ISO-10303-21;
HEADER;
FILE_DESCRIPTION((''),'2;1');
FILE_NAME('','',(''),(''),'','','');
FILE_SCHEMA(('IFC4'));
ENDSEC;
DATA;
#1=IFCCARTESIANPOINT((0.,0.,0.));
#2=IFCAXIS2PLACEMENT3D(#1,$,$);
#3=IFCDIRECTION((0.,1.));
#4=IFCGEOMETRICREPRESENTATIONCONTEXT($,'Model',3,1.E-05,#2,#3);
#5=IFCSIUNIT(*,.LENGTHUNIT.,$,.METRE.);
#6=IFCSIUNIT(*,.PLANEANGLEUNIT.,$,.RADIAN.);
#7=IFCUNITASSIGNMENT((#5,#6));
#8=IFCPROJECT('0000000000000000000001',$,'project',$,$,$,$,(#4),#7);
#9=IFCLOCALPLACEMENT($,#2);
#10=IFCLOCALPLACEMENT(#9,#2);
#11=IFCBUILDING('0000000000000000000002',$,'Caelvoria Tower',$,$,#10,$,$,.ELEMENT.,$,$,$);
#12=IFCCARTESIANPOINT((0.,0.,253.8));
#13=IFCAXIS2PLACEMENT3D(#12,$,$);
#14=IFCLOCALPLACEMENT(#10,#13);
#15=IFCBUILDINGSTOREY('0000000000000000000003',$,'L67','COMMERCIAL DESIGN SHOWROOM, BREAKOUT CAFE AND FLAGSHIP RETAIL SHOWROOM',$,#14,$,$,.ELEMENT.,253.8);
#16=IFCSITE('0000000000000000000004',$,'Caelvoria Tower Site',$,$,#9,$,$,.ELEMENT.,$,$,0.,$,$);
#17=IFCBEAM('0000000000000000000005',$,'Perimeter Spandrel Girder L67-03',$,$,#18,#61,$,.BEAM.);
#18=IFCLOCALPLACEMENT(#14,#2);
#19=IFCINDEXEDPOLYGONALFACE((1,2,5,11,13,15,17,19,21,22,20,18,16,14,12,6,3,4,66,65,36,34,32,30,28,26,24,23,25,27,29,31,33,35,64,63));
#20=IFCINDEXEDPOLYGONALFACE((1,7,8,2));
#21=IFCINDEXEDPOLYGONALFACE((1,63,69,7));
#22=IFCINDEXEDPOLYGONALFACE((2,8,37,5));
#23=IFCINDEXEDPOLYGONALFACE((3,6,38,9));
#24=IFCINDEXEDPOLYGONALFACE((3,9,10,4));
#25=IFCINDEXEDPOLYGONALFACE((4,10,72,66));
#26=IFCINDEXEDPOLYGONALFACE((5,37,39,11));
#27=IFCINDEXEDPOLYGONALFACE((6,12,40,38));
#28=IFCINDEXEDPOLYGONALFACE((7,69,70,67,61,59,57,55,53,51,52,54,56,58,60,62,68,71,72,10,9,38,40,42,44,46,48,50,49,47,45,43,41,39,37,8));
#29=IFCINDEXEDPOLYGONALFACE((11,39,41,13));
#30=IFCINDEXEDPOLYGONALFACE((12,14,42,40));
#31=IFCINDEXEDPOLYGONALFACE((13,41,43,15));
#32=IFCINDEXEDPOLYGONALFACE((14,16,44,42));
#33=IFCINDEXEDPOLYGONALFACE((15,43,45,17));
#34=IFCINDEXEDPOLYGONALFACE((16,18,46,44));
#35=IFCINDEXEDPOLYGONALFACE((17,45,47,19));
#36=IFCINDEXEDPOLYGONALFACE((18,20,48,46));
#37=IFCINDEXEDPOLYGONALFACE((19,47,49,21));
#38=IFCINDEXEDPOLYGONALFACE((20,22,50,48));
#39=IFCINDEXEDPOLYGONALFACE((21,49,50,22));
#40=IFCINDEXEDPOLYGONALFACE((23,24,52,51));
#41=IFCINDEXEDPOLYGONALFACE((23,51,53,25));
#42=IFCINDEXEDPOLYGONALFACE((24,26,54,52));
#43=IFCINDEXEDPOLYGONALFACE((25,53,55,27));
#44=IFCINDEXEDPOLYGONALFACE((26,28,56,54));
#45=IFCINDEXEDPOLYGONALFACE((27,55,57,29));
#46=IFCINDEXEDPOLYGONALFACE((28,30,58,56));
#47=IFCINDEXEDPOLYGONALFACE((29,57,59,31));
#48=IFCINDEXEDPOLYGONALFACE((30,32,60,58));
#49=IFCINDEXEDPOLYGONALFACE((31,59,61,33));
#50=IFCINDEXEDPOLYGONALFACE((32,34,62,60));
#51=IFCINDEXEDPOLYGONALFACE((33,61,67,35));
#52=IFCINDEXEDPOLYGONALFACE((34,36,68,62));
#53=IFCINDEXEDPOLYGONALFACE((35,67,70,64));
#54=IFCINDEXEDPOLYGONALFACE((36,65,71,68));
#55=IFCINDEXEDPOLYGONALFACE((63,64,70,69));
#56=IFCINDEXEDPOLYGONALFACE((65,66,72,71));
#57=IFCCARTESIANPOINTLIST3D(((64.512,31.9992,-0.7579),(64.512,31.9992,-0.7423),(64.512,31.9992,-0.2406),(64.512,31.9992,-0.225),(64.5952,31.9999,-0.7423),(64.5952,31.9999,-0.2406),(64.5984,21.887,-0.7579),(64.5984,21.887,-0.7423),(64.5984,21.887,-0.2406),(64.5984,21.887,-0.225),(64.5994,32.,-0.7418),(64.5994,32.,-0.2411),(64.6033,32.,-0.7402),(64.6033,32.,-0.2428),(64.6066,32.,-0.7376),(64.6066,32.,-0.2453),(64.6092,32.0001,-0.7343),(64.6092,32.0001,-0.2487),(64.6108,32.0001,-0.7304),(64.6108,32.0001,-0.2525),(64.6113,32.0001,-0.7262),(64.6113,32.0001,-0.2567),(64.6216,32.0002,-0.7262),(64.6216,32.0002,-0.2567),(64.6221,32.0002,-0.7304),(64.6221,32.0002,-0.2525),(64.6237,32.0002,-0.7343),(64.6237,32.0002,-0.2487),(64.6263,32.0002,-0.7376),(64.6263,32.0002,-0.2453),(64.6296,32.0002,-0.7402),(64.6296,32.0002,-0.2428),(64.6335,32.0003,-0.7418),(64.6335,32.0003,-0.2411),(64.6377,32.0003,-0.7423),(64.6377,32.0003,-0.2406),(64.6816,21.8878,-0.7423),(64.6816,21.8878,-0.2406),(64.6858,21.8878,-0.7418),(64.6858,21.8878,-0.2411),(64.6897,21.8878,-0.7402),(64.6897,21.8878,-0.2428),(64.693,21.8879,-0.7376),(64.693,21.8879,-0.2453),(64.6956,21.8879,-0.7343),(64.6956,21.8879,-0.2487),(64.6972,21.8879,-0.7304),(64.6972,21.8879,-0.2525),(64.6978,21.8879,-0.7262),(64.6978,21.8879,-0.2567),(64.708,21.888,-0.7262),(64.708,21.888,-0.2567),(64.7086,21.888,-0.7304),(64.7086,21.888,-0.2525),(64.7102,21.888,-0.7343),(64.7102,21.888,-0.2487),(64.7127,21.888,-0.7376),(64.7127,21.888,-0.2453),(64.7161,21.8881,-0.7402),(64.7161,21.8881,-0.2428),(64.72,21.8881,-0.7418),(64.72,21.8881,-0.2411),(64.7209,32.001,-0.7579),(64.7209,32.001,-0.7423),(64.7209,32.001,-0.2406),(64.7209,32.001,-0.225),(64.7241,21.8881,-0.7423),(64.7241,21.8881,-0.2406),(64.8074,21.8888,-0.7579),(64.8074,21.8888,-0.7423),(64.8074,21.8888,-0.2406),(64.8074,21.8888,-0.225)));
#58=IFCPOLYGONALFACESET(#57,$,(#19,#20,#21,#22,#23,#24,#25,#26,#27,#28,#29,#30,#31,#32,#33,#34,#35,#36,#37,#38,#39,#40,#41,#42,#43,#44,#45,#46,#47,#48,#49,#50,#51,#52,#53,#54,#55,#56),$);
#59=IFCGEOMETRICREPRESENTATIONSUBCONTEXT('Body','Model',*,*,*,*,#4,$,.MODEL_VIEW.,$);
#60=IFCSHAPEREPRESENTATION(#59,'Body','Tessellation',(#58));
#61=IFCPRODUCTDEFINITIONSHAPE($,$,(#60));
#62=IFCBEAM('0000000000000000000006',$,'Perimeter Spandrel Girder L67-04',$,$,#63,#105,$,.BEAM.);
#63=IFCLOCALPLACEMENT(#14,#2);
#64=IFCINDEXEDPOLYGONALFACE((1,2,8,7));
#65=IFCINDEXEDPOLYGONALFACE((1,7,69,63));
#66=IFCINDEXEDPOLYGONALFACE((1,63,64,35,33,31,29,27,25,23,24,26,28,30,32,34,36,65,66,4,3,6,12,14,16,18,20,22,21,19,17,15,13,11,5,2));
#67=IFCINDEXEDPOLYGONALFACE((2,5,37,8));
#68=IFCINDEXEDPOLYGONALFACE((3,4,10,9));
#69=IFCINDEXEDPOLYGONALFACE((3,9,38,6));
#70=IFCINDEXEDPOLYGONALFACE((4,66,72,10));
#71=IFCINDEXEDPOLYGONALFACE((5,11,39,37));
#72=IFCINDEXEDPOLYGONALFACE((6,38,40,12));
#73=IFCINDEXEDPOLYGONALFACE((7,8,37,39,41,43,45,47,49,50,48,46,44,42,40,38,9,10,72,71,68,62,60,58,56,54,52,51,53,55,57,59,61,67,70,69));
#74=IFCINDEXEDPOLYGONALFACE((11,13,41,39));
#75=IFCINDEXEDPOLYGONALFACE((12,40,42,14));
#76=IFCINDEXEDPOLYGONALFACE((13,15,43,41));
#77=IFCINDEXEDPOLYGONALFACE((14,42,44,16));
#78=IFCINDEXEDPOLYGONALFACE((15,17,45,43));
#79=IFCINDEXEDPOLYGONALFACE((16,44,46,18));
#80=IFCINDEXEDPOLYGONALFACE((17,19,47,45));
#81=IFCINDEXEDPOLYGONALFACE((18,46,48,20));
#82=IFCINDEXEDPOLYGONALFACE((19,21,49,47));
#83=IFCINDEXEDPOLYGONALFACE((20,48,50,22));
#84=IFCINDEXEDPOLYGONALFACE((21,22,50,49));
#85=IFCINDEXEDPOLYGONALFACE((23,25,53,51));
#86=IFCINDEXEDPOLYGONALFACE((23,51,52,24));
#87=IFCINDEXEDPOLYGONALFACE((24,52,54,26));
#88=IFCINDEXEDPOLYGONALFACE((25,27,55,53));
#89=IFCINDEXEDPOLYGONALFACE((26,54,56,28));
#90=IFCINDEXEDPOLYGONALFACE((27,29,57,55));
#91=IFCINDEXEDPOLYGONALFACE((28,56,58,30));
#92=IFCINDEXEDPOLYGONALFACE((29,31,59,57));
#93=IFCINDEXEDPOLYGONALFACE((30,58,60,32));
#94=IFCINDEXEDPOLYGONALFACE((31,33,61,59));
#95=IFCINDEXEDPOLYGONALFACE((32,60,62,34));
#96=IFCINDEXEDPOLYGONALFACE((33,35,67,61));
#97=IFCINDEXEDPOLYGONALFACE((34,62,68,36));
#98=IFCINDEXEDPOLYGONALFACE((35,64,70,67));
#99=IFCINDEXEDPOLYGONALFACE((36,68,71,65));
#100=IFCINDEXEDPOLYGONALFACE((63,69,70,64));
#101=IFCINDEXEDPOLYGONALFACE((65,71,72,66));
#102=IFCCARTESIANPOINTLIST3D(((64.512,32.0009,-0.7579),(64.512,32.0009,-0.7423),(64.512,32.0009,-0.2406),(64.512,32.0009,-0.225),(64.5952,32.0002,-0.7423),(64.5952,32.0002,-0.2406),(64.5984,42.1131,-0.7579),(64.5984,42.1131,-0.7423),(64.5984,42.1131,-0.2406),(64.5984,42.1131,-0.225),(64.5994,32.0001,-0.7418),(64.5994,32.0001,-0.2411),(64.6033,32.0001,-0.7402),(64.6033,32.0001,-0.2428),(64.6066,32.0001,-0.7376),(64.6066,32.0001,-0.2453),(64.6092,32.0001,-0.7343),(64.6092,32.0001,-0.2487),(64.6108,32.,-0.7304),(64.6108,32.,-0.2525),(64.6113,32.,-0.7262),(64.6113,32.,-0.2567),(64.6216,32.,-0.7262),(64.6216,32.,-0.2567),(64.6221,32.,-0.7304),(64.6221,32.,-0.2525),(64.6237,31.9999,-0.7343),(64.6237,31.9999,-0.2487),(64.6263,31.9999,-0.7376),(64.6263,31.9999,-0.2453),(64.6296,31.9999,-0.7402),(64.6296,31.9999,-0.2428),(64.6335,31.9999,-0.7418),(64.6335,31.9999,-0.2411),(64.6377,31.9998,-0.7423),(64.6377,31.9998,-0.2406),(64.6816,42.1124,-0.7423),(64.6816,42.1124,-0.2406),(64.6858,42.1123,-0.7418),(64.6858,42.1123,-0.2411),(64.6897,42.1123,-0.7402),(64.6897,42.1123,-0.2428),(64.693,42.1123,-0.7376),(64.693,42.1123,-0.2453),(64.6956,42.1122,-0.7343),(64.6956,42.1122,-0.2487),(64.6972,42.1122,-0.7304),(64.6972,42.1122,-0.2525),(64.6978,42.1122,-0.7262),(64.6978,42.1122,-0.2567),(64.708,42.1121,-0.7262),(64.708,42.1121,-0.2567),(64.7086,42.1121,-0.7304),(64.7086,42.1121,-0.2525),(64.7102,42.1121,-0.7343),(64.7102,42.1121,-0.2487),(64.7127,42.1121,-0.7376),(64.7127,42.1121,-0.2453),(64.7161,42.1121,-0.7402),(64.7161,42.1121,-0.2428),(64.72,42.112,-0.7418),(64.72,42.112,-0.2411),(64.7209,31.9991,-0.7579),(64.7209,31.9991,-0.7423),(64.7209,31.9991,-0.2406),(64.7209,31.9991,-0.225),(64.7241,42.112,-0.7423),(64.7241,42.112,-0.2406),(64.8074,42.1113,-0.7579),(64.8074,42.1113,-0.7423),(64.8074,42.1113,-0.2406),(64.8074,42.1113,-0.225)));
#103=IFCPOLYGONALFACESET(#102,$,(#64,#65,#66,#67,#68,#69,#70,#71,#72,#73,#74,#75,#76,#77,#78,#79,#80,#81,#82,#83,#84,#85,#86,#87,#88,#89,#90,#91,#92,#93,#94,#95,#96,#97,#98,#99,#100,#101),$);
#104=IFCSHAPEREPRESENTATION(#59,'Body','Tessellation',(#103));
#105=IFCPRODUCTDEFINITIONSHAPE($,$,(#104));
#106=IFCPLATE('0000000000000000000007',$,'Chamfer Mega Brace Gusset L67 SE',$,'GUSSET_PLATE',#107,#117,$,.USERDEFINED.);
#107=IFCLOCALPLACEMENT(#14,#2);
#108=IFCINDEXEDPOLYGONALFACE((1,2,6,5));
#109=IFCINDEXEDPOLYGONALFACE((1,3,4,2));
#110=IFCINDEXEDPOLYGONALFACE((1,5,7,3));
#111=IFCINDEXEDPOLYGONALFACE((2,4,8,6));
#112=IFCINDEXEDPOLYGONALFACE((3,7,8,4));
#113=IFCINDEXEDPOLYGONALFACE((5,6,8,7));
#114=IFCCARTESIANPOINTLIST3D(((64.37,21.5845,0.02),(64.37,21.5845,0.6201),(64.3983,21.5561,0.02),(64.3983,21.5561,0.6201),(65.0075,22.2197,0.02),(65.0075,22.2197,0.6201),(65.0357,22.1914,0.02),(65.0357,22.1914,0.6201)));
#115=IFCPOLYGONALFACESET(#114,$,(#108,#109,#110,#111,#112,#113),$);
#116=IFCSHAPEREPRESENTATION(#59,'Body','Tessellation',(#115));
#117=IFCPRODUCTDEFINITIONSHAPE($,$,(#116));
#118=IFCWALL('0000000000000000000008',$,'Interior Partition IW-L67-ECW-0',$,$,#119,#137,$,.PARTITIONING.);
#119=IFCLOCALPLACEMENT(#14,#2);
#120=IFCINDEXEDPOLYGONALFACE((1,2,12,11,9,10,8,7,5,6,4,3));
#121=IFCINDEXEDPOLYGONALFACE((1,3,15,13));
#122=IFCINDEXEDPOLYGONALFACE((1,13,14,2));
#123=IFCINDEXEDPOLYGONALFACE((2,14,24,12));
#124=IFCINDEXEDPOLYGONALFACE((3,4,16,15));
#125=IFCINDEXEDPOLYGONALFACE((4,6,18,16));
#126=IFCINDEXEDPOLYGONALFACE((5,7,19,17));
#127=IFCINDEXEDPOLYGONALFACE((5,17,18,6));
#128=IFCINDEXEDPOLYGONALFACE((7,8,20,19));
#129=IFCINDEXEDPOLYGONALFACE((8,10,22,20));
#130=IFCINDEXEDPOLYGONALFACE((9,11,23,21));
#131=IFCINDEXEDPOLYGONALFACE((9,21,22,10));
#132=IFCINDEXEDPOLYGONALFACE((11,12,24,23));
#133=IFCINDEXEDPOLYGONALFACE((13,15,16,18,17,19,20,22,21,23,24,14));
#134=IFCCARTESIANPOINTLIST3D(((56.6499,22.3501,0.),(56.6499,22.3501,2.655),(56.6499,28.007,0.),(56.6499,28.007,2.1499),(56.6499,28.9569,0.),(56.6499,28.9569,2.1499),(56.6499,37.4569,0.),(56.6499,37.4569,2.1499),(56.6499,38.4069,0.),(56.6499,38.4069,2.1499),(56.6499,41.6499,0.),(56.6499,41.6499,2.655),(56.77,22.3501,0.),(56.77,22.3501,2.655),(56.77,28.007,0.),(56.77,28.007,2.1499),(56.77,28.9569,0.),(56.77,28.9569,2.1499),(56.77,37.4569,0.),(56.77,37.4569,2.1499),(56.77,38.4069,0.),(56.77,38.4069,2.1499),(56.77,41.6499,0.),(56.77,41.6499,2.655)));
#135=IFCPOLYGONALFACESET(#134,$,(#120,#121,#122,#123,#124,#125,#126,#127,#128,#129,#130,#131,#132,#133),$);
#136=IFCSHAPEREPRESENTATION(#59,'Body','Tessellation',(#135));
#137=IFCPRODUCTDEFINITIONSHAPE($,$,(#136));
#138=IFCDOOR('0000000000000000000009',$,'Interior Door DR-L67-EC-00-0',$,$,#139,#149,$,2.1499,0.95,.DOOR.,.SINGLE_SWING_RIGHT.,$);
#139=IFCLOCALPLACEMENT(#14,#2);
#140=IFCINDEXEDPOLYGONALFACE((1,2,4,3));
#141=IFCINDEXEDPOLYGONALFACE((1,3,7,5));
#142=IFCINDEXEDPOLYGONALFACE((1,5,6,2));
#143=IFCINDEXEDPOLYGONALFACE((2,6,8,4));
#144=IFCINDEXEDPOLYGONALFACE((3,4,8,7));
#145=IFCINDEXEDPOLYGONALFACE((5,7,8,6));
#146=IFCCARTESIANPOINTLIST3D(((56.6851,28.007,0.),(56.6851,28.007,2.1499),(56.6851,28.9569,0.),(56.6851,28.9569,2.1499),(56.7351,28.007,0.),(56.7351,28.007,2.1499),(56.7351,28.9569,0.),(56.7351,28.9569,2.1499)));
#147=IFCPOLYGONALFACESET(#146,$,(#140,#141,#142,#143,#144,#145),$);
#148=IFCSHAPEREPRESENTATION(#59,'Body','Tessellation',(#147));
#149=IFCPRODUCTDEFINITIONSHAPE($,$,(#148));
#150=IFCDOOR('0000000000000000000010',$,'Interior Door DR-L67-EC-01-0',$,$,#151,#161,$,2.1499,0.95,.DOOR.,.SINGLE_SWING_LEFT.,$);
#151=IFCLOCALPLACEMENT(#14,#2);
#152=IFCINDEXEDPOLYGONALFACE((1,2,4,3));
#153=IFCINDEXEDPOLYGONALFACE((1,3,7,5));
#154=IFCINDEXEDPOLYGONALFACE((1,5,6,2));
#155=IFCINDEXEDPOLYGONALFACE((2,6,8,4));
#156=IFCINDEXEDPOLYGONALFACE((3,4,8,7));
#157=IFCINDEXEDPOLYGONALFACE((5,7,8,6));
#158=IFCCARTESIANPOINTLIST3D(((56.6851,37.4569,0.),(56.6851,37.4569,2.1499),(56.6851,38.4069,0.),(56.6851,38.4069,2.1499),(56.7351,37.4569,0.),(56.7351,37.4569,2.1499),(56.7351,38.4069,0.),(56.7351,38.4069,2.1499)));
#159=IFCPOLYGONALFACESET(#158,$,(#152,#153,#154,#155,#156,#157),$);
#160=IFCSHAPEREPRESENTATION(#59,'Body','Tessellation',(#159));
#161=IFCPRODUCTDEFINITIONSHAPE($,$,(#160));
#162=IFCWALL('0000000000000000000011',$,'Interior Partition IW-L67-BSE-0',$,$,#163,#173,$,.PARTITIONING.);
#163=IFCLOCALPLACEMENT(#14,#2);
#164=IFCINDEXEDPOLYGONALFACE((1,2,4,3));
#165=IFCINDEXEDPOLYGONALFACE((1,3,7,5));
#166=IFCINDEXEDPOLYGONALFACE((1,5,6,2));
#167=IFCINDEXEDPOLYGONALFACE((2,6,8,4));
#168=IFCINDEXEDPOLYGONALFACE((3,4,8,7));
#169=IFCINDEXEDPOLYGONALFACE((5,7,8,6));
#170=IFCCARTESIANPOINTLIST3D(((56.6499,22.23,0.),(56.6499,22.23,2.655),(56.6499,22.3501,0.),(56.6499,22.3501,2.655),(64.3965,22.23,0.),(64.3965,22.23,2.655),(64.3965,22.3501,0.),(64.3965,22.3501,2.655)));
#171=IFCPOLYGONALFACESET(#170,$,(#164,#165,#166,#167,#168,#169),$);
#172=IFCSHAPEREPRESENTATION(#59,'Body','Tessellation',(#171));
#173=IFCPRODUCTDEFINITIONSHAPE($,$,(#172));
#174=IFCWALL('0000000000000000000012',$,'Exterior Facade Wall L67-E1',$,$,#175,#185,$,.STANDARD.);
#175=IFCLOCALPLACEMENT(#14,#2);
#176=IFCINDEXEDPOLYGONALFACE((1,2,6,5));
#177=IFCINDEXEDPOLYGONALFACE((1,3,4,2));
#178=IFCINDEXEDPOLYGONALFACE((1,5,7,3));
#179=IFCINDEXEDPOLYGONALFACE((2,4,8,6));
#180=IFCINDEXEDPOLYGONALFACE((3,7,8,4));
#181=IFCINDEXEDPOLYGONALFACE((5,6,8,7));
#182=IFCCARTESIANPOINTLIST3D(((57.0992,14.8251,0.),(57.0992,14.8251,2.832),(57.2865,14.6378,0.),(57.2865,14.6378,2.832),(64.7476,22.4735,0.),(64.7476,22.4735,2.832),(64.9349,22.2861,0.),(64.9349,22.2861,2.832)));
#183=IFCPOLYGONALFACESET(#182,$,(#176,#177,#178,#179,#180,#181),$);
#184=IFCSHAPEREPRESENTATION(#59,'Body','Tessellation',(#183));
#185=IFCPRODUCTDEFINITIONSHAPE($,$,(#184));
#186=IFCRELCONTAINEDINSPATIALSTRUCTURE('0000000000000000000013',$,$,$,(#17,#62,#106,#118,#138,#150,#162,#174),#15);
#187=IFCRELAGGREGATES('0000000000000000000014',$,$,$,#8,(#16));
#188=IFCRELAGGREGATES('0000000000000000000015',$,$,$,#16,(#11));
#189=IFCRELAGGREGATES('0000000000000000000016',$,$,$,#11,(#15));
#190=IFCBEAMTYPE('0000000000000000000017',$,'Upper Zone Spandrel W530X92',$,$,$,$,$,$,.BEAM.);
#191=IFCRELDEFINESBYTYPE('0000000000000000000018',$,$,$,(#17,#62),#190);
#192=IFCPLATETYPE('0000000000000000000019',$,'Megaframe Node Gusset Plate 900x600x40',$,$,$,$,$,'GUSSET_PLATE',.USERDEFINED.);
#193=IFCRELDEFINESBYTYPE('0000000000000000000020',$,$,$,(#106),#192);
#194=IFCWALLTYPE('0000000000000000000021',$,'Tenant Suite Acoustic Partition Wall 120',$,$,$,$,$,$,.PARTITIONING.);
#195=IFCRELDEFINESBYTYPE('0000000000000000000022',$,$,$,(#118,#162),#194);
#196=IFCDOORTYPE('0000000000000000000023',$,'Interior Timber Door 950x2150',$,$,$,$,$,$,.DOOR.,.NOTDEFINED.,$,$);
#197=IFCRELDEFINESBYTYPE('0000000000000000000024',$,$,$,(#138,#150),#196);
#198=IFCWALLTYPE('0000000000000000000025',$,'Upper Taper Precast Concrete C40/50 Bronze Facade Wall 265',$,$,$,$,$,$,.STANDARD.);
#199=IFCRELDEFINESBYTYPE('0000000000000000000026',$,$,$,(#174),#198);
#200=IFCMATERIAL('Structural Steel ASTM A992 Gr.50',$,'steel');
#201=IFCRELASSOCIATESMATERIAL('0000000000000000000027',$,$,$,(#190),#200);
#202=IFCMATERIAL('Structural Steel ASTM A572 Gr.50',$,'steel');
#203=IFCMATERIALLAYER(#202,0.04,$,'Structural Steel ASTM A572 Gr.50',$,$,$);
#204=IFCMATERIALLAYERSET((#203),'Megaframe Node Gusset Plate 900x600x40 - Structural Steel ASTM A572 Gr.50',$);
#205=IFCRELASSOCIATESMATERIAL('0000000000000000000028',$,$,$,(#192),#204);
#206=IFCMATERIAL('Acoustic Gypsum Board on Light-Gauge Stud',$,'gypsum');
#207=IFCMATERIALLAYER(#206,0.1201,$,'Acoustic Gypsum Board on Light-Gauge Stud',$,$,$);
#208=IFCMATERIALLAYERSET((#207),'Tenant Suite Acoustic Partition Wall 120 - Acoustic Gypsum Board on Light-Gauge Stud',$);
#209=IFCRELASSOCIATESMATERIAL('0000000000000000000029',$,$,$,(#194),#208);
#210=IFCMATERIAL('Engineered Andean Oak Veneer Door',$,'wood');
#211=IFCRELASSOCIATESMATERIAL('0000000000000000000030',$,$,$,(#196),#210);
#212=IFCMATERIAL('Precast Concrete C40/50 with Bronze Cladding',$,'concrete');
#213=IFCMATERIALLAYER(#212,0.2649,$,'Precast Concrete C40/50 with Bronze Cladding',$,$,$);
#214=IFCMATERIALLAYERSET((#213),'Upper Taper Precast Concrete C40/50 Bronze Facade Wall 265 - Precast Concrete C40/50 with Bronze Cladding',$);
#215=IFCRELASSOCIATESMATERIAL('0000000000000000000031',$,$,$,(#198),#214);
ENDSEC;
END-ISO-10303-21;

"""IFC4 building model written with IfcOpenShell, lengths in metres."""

from ifc_helpers import new_model, si_unit, direction, frame, frame_2d, origin, origin_2d, place, context, subcontext, project, spatial, rectangle, i_section, extrude, material, layer, layer_set, material_profile, profile_set, type_object, element, fill, save


model = new_model("IFC4")

# Units and contexts
model_context = context("Model", 3, precision=1e-05, world=origin(), true_north=direction((0.0, 1.0)))
body_context = subcontext(model_context, "Body", "Model", "MODEL_VIEW")
ifc_project = project(units=[si_unit("LENGTHUNIT", "METRE"), si_unit("PLANEANGLEUNIT", "RADIAN")], contexts=[model_context])

# Site, building, storey
site_placement = place(None, origin())
site = spatial("IfcSite", under=ifc_project, at=site_placement, Name="Caelvoria Tower Site", CompositionType="ELEMENT", RefElevation=0.0)
building_placement = place(site_placement, origin())
building = spatial("IfcBuilding", under=site, at=building_placement, Name="Caelvoria Tower", CompositionType="ELEMENT")
storey_placement = place(building_placement, frame((0.0, 0.0, 253.8)))
storey = spatial("IfcBuildingStorey", under=building, at=storey_placement, Name="L67", Description="COMMERCIAL DESIGN SHOWROOM, BREAKOUT CAFE AND FLAGSHIP RETAIL SHOWROOM", CompositionType="ELEMENT", Elevation=253.8)

# Shared definitions
ifc_material_1 = material(Name="Structural Steel ASTM A572 Gr.50", Category="steel")
ifc_material_2 = material(Name="Structural Steel ASTM A992 Gr.50", Category="steel")

# Beams
ifc_material_profile_1 = material_profile(ifc_material_2, i_section(OverallWidth=0.209, OverallDepth=0.533, WebThickness=0.0103, FlangeThickness=0.0156, FilletRadius=0.0161, at=origin_2d()), Name="Structural Steel ASTM A992 Gr.50")
ifc_profile_set_1 = profile_set([ifc_material_profile_1], Name="W530X92 - Structural Steel ASTM A992 Gr.50")
beam_type_1 = type_object("IfcBeamType", Name="Upper Zone Spandrel W530X92", PredefinedType="BEAM", material=ifc_profile_set_1)
for number, where, z_axis, x_axis, name in (
    (1, (64.7029, 21.8879, -0.4915), (-0.008546, 0.999963, 0.0), (-0.999963, -0.008546, 0.0), "Perimeter Spandrel Girder L67-03"),
    (2, (64.6165, 32.0, -0.4915), (0.008546, 0.999963, 0.0), (-0.999963, 0.008546, 0.0), "Perimeter Spandrel Girder L67-04"),
):
    element("IfcBeam", number, at=place(storey_placement, frame(where, z_axis=z_axis, x_axis=x_axis)), inside=storey, type_object=beam_type_1, Name=name, PredefinedType="BEAM", context=body_context, shape_type="SweptSolid", body=[
        extrude(i_section(OverallWidth=0.209, OverallDepth=0.533, WebThickness=0.0103, FlangeThickness=0.0156, FilletRadius=0.0161, at=origin_2d()), origin(), (0.0, 0.0, 1.0), 10.1125),
    ])

# Plate
ifc_layer_1 = layer(ifc_material_1, 0.04, Name="Structural Steel ASTM A572 Gr.50")
ifc_layer_set_1 = layer_set([ifc_layer_1], Name="Megaframe Node Gusset Plate 900x600x40 - Structural Steel ASTM A572 Gr.50")
plate_type = type_object("IfcPlateType", Name="Megaframe Node Gusset Plate 900x600x40", ElementType="GUSSET_PLATE", PredefinedType="USERDEFINED", material=ifc_layer_set_1)
plate_placement = place(storey_placement, frame((64.7029, 21.8879, 0.02), z_axis=(0.0, 0.0, 1.0), x_axis=(-0.708312, -0.7059, 0.0)))
element("IfcPlate", 3, at=plate_placement, inside=storey, type_object=plate_type, Name="Chamfer Mega Brace Gusset L67 SE", ObjectType="GUSSET_PLATE", PredefinedType="USERDEFINED", context=body_context, shape_type="SweptSolid", body=[
    extrude(rectangle(XDim=0.8999, YDim=0.04, at=origin_2d()), origin(), (0.0, 0.0, 1.0), 0.6001),
])

# Wall, openings, doors
ifc_material_3 = material(Name="Acoustic Gypsum Board on Light-Gauge Stud", Category="gypsum")
ifc_layer_2 = layer(ifc_material_3, 0.1201, Name="Acoustic Gypsum Board on Light-Gauge Stud")
ifc_layer_set_2 = layer_set([ifc_layer_2], Name="Tenant Suite Acoustic Partition Wall 120 - Acoustic Gypsum Board on Light-Gauge Stud")
wall_type_1 = type_object("IfcWallType", Name="Tenant Suite Acoustic Partition Wall 120", PredefinedType="PARTITIONING", material=ifc_layer_set_2)
wall_1_placement = place(storey_placement, frame((56.71, 22.3501, 0.0), z_axis=(0.0, 0.0, 1.0), x_axis=(0.0, 1.0, 0.0)))
wall_1 = element("IfcWall", 4, at=wall_1_placement, inside=storey, type_object=wall_type_1, Name="Interior Partition IW-L67-ECW-0", PredefinedType="PARTITIONING", context=body_context, shape_type="SweptSolid", body=[
    extrude(rectangle(XDim=19.2998, YDim=0.1201, at=frame_2d((9.6499, 0.0))), origin(), (0.0, 0.0, 1.0), 2.655),
])
opening_1_placement = place(wall_1_placement, frame((5.6567, 0.0, 0.0)))
opening_1 = element("IfcOpeningElement", 5, at=opening_1_placement, cuts=wall_1, PredefinedType="OPENING", context=body_context, shape_type="SweptSolid", body=[
    extrude(rectangle(XDim=0.95, YDim=2.1499, at=frame_2d((0.4751, 1.075))), frame((0.0, 0.0701, 0.0), z_axis=(0.0, -1.0, 0.0), x_axis=(1.0, 0.0, 0.0)), (0.0, 0.0, 1.0), 0.1401),
])
opening_2_placement = place(wall_1_placement, frame((15.1067, 0.0, 0.0)))
opening_2 = element("IfcOpeningElement", 6, at=opening_2_placement, cuts=wall_1, PredefinedType="OPENING", context=body_context, shape_type="SweptSolid", body=[
    extrude(rectangle(XDim=0.95, YDim=2.1499, at=frame_2d((0.4751, 1.075))), frame((0.0, 0.0701, 0.0), z_axis=(0.0, -1.0, 0.0), x_axis=(1.0, 0.0, 0.0)), (0.0, 0.0, 1.0), 0.1401),
])
ifc_material_4 = material(Name="Engineered Andean Oak Veneer Door", Category="wood")
door_type = type_object("IfcDoorType", Name="Interior Timber Door 950x2150", OperationType="NOTDEFINED", PredefinedType="DOOR", material=ifc_material_4)
door_1_placement = place(opening_1_placement, origin())
door_1 = element("IfcDoor", 7, at=door_1_placement, inside=storey, type_object=door_type, Name="Interior Door DR-L67-EC-00-0", OperationType="SINGLE_SWING_RIGHT", OverallHeight=2.1499, OverallWidth=0.95, PredefinedType="DOOR", context=body_context, shape_type="SweptSolid", body=[
    extrude(rectangle(XDim=0.95, YDim=2.1499, at=frame_2d((0.4751, 1.075))), frame((0.0, 0.0249, 0.0), z_axis=(0.0, -1.0, 0.0), x_axis=(1.0, 0.0, 0.0)), (0.0, 0.0, 1.0), 0.05),
])
fill(opening_1, door_1)
door_2_placement = place(opening_2_placement, origin())
door_2 = element("IfcDoor", 8, at=door_2_placement, inside=storey, type_object=door_type, Name="Interior Door DR-L67-EC-01-0", OperationType="SINGLE_SWING_LEFT", OverallHeight=2.1499, OverallWidth=0.95, PredefinedType="DOOR", context=body_context, shape_type="SweptSolid", body=[
    extrude(rectangle(XDim=0.95, YDim=2.1499, at=frame_2d((0.4751, 1.075))), frame((0.0, 0.0249, 0.0), z_axis=(0.0, -1.0, 0.0), x_axis=(1.0, 0.0, 0.0)), (0.0, 0.0, 1.0), 0.05),
])
fill(opening_2, door_2)

# Walls
wall_2_placement = place(storey_placement, frame((56.6499, 22.29, 0.0), z_axis=(0.0, 0.0, 1.0), x_axis=(1.0, 0.0, 0.0)))
element("IfcWall", 9, at=wall_2_placement, inside=storey, type_object=wall_type_1, Name="Interior Partition IW-L67-BSE-0", PredefinedType="PARTITIONING", context=body_context, shape_type="SweptSolid", body=[
    extrude(rectangle(XDim=7.7466, YDim=0.1201, at=frame_2d((3.8733, 0.0))), origin(), (0.0, 0.0, 1.0), 2.655),
])
ifc_material_5 = material(Name="Precast Concrete C40/50 with Bronze Cladding", Category="concrete")
ifc_layer_3 = layer(ifc_material_5, 0.2649, Name="Precast Concrete C40/50 with Bronze Cladding")
ifc_layer_set_3 = layer_set([ifc_layer_3], Name="Upper Taper Precast Concrete C40/50 Bronze Facade Wall 265 - Precast Concrete C40/50 with Bronze Cladding")
wall_type_2 = type_object("IfcWallType", Name="Upper Taper Precast Concrete C40/50 Bronze Facade Wall 265", PredefinedType="STANDARD", material=ifc_layer_set_3)
wall_3_placement = place(storey_placement, frame((57.1929, 14.7314, 0.0), z_axis=(0.0, 0.0, 1.0), x_axis=(0.707107, 0.707107, 0.0)))
element("IfcWall", 10, at=wall_3_placement, inside=storey, type_object=wall_type_2, Name="Exterior Facade Wall L67-E1", PredefinedType="STANDARD", context=body_context, shape_type="SweptSolid", body=[
    extrude(rectangle(XDim=10.8164, YDim=0.2649, at=frame_2d((5.4082, 0.0))), origin(), (0.0, 0.0, 1.0), 2.832),
])

save(model, "model.ifc")
